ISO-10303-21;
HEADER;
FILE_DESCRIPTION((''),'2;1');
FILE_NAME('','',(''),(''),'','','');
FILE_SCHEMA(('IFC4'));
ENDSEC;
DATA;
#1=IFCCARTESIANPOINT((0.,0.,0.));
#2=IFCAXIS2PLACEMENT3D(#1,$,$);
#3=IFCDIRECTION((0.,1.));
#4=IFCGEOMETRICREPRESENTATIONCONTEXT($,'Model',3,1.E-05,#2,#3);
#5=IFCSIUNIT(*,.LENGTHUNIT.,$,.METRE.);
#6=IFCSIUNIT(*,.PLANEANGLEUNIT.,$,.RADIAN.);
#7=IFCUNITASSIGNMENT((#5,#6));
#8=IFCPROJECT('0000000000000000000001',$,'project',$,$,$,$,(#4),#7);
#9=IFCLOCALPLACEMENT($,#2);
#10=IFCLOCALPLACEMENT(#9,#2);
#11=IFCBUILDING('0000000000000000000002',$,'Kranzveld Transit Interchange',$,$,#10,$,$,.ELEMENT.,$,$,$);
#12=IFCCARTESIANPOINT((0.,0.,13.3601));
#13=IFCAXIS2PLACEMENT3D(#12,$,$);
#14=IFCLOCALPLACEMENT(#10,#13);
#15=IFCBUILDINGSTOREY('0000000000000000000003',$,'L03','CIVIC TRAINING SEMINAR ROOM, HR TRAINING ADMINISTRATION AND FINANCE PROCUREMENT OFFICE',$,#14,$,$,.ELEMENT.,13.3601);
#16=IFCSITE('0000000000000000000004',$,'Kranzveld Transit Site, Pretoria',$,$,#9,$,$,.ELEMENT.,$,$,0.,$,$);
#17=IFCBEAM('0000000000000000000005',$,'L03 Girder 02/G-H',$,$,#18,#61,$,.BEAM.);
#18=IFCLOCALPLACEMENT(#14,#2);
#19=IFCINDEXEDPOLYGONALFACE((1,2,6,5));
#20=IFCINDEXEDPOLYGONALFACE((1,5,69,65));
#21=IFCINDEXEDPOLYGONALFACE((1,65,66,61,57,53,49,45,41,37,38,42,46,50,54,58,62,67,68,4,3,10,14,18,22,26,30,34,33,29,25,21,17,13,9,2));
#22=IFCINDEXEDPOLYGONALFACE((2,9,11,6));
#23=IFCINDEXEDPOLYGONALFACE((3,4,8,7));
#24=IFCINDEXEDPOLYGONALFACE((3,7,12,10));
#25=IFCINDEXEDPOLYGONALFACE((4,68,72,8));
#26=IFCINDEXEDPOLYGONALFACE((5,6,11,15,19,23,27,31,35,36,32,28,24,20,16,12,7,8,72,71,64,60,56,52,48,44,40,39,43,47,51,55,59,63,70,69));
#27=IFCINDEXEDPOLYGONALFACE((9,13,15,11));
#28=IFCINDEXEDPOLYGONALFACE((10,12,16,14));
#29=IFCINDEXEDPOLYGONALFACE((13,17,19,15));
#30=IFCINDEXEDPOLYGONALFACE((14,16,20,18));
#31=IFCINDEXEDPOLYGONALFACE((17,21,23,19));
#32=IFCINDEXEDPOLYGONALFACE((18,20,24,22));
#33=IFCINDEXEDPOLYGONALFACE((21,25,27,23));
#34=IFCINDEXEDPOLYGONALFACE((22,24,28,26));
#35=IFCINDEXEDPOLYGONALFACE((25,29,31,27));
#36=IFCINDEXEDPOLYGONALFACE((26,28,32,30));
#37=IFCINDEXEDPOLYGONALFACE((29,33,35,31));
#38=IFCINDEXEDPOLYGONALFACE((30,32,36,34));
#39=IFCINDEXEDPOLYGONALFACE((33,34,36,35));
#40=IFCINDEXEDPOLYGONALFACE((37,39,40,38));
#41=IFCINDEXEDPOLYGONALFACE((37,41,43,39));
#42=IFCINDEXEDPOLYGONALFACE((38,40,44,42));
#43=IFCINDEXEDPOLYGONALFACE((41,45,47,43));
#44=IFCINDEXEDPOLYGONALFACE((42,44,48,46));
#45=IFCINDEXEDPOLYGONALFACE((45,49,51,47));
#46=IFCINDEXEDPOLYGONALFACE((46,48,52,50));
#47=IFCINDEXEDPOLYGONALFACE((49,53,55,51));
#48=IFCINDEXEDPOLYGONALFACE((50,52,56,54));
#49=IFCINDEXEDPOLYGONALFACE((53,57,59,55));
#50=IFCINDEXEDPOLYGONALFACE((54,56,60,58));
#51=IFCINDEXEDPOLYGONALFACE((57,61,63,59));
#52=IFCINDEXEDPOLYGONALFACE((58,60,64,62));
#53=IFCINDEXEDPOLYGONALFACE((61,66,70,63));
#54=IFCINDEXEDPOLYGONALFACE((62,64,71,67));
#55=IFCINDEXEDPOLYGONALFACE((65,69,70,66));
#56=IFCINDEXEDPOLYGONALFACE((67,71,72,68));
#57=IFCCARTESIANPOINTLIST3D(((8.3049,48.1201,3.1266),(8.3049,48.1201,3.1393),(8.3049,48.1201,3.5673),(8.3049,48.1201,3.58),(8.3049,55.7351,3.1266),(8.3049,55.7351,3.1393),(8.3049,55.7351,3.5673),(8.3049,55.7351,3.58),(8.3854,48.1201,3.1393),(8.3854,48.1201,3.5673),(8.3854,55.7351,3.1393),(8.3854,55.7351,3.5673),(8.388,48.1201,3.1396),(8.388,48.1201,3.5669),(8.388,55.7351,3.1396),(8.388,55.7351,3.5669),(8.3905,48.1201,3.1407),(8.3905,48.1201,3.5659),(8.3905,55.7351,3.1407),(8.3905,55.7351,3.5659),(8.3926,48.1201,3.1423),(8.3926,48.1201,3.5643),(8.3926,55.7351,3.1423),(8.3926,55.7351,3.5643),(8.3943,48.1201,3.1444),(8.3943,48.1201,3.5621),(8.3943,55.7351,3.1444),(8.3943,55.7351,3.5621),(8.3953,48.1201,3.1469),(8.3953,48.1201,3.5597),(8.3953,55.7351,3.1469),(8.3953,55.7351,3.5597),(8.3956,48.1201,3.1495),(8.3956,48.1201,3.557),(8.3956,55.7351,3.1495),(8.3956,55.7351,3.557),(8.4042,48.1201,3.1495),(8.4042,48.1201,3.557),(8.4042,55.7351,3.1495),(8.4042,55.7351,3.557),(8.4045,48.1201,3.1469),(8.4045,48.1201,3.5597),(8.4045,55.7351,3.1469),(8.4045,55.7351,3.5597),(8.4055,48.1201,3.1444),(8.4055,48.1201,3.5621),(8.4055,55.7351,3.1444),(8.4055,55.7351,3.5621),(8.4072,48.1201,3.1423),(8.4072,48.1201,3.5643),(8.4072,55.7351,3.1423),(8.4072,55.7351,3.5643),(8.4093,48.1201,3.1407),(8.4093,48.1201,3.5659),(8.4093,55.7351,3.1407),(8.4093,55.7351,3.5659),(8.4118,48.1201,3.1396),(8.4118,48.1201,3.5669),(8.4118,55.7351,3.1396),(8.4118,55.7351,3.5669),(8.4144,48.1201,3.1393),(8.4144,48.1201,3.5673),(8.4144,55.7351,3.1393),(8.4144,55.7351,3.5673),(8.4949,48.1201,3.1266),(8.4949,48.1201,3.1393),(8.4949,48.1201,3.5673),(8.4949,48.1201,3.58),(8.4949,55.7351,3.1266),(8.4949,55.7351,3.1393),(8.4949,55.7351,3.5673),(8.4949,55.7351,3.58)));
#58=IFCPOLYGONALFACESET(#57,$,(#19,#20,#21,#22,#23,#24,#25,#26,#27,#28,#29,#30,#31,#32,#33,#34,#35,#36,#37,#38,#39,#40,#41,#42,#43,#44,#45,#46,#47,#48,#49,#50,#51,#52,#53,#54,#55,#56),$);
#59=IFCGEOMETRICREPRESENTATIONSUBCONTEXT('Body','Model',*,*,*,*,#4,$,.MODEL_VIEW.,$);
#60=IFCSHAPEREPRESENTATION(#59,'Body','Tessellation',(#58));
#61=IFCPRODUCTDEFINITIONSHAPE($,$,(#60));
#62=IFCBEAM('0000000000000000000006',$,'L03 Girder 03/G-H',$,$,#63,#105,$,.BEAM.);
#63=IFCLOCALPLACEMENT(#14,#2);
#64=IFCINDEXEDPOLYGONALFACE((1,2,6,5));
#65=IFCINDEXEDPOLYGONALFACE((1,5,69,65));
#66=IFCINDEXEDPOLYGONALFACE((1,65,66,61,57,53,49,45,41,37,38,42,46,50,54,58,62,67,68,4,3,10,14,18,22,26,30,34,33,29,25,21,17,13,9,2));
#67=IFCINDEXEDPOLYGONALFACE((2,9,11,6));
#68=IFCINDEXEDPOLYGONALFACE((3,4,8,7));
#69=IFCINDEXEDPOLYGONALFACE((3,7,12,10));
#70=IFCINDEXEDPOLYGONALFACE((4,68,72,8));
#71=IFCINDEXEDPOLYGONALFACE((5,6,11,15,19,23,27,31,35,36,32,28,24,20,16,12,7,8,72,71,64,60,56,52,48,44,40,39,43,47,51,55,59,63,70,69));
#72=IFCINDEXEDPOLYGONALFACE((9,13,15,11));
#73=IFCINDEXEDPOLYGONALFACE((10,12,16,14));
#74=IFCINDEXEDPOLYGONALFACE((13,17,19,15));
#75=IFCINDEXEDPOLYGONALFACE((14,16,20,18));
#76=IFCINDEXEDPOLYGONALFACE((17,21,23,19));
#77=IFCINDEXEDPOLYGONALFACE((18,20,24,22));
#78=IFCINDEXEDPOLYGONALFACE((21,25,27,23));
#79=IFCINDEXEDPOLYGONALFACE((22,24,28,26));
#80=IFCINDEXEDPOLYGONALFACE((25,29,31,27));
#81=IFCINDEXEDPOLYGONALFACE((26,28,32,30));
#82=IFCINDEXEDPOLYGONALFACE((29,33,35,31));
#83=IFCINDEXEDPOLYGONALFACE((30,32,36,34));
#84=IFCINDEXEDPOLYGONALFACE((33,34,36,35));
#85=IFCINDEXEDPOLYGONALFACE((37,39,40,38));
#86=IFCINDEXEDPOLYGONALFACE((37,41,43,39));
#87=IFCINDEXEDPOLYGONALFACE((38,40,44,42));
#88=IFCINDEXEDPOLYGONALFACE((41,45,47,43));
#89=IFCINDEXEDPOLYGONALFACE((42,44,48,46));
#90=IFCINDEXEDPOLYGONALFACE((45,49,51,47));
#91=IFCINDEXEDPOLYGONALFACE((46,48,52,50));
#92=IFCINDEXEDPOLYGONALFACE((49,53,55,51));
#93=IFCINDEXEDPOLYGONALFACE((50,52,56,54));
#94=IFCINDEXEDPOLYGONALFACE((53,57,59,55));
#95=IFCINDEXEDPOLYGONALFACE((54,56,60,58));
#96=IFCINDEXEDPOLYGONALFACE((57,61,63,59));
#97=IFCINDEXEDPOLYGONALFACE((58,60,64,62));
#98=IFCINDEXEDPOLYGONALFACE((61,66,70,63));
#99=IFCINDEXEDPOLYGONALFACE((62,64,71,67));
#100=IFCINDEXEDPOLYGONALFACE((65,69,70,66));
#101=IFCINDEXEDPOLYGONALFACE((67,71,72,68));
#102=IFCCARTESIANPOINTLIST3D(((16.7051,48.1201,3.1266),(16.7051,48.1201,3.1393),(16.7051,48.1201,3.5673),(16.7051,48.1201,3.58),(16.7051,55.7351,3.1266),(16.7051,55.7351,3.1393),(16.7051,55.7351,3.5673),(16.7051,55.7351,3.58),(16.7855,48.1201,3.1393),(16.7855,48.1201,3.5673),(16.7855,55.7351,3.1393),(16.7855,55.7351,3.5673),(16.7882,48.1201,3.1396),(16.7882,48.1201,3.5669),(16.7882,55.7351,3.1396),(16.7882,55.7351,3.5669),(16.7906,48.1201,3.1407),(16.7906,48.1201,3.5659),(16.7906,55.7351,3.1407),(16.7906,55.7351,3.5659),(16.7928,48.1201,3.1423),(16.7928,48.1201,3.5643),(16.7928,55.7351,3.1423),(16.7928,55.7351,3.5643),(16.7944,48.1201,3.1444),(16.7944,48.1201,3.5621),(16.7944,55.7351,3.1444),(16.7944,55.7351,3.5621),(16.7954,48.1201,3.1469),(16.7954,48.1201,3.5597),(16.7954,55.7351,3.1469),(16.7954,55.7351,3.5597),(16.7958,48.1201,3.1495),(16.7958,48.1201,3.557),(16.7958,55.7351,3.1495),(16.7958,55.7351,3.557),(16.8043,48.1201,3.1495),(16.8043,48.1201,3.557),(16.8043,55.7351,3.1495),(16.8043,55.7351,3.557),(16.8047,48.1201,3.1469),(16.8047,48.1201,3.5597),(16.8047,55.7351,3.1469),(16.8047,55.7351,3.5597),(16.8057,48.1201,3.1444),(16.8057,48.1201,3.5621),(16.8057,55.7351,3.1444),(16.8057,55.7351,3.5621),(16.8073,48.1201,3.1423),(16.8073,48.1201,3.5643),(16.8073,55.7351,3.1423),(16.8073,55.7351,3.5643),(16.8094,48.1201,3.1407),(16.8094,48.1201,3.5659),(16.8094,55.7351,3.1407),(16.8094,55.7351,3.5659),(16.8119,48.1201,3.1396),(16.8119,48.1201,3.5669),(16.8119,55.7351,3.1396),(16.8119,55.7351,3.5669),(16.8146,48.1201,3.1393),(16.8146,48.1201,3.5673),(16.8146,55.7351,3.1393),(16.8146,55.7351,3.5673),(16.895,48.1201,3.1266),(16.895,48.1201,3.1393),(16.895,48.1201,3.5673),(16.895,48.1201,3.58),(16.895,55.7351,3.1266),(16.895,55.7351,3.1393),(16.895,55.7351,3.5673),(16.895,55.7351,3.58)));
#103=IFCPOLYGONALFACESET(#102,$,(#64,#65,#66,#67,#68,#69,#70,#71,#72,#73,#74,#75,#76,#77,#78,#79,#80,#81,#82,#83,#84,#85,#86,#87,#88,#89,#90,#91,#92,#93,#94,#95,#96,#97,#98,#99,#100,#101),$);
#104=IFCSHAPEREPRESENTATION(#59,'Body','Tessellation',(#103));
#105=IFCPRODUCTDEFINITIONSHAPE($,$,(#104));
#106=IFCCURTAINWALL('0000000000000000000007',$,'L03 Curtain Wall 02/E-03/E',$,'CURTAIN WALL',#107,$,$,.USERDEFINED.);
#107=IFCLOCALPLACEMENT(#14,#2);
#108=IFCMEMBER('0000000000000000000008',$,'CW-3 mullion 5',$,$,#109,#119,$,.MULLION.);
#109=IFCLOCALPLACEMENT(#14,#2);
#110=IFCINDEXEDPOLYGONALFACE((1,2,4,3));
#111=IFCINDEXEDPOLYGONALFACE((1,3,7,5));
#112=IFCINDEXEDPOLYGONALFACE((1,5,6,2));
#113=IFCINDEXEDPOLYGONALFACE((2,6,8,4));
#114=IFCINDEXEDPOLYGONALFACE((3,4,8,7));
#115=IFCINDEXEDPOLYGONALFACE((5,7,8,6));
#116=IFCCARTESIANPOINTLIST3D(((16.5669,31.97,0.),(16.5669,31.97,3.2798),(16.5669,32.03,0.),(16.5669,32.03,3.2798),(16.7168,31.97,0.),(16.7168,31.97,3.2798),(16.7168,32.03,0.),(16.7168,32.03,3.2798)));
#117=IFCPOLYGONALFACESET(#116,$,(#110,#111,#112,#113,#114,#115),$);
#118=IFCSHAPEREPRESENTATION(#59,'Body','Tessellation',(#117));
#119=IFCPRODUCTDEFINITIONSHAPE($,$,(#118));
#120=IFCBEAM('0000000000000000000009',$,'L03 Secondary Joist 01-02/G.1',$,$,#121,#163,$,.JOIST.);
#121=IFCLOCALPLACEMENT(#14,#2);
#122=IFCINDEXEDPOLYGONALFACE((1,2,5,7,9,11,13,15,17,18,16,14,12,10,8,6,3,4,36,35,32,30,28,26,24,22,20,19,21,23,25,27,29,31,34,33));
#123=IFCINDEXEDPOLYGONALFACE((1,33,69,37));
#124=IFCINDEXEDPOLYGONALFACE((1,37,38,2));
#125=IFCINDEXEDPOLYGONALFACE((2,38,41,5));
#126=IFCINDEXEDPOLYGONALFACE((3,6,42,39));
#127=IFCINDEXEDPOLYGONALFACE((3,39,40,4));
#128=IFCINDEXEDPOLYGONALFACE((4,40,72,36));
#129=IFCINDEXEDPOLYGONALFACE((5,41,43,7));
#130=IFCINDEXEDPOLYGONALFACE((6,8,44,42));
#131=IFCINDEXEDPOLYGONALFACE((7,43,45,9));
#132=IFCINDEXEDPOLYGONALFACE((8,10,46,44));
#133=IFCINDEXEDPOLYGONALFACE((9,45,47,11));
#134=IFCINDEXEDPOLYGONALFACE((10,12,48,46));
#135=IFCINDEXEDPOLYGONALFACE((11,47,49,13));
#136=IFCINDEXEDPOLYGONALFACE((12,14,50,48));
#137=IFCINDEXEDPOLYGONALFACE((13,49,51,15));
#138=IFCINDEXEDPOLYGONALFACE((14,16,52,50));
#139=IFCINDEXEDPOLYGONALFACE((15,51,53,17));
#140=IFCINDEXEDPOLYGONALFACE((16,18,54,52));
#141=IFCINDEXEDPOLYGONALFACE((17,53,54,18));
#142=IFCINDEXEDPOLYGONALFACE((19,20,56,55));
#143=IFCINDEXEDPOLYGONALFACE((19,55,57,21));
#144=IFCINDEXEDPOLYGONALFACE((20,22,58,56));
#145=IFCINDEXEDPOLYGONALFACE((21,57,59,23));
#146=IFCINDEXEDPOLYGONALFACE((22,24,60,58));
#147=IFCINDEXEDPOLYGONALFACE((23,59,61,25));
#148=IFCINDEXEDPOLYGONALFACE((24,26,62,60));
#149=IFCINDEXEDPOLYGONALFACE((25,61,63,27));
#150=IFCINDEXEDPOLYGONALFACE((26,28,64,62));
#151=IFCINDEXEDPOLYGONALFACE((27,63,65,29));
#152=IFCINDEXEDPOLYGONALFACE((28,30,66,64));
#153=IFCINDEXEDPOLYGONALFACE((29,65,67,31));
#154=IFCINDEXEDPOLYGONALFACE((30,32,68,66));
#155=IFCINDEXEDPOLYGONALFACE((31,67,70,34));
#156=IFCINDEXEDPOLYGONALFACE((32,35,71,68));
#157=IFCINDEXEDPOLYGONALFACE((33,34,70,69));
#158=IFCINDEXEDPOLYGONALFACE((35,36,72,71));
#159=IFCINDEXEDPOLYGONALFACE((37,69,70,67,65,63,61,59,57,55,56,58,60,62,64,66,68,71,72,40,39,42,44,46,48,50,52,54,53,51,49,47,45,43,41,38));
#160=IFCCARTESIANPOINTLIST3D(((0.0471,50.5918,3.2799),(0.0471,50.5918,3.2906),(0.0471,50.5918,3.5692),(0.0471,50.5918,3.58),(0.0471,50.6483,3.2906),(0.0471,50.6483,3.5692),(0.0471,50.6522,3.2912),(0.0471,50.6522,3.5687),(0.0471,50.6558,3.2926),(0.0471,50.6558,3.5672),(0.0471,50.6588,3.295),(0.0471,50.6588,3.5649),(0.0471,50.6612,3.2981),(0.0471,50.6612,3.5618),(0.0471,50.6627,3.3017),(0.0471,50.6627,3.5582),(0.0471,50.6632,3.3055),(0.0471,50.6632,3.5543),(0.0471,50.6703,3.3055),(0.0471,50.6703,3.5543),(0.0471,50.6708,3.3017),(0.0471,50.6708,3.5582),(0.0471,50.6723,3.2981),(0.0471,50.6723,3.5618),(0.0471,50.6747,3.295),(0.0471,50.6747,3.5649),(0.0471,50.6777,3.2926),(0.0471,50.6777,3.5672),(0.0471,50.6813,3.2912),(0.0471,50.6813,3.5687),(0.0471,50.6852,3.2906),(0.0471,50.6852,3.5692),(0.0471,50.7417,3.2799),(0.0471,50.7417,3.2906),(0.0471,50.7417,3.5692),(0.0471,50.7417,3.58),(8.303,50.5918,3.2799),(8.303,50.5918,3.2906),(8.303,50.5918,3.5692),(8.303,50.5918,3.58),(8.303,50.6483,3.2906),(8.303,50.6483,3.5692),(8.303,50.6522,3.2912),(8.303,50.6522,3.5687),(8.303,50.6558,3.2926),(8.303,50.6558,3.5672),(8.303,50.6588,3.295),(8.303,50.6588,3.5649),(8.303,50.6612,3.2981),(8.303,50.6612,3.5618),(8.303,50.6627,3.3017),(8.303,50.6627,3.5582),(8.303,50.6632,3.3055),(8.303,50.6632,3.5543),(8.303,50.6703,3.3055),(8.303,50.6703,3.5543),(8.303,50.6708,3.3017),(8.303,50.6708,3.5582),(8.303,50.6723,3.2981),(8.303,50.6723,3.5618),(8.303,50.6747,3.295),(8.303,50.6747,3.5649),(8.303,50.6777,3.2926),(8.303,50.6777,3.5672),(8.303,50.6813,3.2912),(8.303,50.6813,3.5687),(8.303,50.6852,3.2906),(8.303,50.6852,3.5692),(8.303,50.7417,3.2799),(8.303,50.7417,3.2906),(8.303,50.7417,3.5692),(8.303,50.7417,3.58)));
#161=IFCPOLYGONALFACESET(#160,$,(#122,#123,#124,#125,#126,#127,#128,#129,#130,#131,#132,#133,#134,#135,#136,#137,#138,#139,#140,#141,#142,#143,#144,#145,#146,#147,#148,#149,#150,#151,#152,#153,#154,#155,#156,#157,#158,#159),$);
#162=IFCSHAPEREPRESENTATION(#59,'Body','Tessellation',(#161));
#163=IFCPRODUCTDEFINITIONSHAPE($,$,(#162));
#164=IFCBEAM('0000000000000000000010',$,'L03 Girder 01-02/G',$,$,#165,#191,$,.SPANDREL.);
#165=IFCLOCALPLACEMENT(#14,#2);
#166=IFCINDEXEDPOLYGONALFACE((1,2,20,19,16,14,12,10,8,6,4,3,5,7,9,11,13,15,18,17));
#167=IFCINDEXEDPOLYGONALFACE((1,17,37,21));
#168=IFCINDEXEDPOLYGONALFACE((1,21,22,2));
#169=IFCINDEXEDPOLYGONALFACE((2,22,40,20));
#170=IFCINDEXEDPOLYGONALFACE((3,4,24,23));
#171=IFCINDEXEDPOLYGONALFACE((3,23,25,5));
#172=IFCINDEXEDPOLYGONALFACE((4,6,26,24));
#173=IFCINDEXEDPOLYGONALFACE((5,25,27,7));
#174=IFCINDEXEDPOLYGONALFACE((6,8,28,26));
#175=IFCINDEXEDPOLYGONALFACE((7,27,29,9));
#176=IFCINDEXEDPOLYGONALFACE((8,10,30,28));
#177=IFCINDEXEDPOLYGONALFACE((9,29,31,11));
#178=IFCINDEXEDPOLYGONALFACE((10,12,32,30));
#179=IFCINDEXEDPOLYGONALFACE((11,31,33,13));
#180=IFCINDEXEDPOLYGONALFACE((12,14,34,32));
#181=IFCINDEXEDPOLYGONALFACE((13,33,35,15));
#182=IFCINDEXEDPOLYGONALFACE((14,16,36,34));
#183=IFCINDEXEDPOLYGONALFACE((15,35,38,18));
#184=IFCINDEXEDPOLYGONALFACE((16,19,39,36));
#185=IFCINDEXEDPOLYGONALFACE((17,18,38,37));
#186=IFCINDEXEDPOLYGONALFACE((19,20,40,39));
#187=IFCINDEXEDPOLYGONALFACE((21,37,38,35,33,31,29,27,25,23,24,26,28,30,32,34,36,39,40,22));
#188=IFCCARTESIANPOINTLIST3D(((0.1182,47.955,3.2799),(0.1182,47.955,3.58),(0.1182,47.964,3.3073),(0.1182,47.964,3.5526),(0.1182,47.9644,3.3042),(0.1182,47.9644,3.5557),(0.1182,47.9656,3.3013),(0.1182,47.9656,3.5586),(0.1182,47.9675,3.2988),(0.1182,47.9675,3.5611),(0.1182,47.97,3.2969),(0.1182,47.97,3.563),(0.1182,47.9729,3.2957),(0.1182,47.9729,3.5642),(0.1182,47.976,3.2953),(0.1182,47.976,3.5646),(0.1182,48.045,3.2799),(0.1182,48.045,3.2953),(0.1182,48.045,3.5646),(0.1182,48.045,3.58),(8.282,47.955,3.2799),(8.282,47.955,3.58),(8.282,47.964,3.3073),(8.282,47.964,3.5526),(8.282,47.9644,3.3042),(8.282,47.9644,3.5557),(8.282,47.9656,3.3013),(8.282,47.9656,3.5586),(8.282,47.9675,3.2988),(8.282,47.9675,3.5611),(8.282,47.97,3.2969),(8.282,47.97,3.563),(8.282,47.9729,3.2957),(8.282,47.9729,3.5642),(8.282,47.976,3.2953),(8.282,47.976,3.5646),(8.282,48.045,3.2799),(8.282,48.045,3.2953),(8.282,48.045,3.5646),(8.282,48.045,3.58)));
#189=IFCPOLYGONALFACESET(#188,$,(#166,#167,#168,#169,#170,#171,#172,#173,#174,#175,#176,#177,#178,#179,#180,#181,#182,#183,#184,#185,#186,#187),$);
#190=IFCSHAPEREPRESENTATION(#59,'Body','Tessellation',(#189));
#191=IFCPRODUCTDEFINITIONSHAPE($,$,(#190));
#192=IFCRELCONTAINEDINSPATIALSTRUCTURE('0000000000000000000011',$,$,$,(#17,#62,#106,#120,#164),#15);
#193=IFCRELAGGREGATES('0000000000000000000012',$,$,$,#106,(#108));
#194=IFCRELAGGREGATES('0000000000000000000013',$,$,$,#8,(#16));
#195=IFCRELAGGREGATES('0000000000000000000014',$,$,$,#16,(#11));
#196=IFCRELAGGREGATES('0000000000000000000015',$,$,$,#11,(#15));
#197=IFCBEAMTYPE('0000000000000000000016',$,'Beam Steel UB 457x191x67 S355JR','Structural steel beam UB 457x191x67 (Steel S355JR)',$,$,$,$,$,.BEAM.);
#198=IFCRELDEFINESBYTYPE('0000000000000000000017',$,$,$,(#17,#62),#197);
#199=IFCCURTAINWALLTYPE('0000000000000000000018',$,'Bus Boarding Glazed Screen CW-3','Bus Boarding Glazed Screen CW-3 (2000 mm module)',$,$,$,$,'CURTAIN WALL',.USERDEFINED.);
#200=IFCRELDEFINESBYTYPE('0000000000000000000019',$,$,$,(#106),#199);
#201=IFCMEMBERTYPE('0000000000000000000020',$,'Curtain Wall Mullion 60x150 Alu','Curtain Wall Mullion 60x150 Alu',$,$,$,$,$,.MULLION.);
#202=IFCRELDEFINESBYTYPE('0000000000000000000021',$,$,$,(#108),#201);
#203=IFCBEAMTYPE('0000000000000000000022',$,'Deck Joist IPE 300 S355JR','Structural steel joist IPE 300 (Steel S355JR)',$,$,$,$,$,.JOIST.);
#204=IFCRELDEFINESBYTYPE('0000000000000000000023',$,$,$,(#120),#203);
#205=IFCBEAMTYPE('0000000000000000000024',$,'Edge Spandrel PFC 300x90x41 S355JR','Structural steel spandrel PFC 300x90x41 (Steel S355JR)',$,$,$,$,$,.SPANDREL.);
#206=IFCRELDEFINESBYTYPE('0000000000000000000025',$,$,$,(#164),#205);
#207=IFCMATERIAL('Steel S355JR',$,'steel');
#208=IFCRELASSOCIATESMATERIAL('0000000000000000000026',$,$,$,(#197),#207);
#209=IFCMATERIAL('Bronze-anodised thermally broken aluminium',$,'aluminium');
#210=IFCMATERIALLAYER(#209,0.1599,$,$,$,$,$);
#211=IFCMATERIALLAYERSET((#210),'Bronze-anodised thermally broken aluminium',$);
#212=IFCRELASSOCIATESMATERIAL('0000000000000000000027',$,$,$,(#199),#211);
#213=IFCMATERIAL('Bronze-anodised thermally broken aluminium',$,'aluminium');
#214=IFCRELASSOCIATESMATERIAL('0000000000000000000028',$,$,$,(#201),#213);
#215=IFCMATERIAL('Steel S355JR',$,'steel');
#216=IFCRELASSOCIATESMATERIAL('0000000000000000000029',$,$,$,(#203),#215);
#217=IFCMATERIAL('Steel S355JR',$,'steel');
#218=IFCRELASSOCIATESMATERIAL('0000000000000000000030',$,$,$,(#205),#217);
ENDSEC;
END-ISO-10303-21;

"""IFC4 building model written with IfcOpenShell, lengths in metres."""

from ifc_helpers import new_model, si_unit, direction, frame, origin, origin_2d, place, context, subcontext, project, spatial, rectangle, i_section, u_section, extrude, material, layer, layer_set, material_profile, profile_set, type_object, element, aggregate, save


model = new_model("IFC4")

# Units and contexts
model_context = context("Model", 3, precision=1e-05, world=origin(), true_north=direction((0.0, 1.0)))
body_context = subcontext(model_context, "Body", "Model", "MODEL_VIEW")
ifc_project = project(units=[si_unit("LENGTHUNIT", "METRE"), si_unit("PLANEANGLEUNIT", "RADIAN")], contexts=[model_context])

# Site, building, storey
site_placement = place(None, origin())
site = spatial("IfcSite", under=ifc_project, at=site_placement, Name="Kranzveld Transit Site, Pretoria", CompositionType="ELEMENT", RefElevation=0.0)
building_placement = place(site_placement, origin())
building = spatial("IfcBuilding", under=site, at=building_placement, Name="Kranzveld Transit Interchange", CompositionType="ELEMENT")
storey_placement = place(building_placement, frame((0.0, 0.0, 13.3601)))
storey = spatial("IfcBuildingStorey", under=building, at=storey_placement, Name="L03", Description="CIVIC TRAINING SEMINAR ROOM, HR TRAINING ADMINISTRATION AND FINANCE PROCUREMENT OFFICE", CompositionType="ELEMENT", Elevation=13.3601)

# Beams
ifc_material_1 = material(Name="Steel S355JR", Category="steel")
ifc_material_profile_1 = material_profile(ifc_material_1, i_section(OverallWidth=0.1899, OverallDepth=0.4534, WebThickness=0.0085, FlangeThickness=0.0127, FilletRadius=0.0103, at=origin_2d()), Name="UB 457x191x67")
ifc_profile_set_1 = profile_set([ifc_material_profile_1], Name="Steel S355JR")
beam_type_1 = type_object("IfcBeamType", Name="Beam Steel UB 457x191x67 S355JR", Description="Structural steel beam UB 457x191x67 (Steel S355JR)", PredefinedType="BEAM", material=ifc_profile_set_1)
for number, where, z_axis, x_axis, name in (
    (1, (8.3999, 48.1201, 3.3533), (0.0, 1.0, 0.0), (-1.0, 0.0, 0.0), "L03 Girder 02/G-H"),
    (2, (16.8, 48.1201, 3.3533), (0.0, 1.0, 0.0), (-1.0, 0.0, 0.0), "L03 Girder 03/G-H"),
):
    element("IfcBeam", number, at=place(storey_placement, frame(where, z_axis=z_axis, x_axis=x_axis)), inside=storey, type_object=beam_type_1, Name=name, PredefinedType="BEAM", context=body_context, shape_type="SweptSolid", body=[
        extrude(i_section(OverallWidth=0.1899, OverallDepth=0.4534, WebThickness=0.0085, FlangeThickness=0.0127, FilletRadius=0.0103, at=origin_2d()), origin(), (0.0, 0.0, 1.0), 7.615),
    ])

# Curtain wall, member
ifc_material_2 = material(Name="Bronze-anodised thermally broken aluminium", Category="aluminium")
ifc_layer_1 = layer(ifc_material_2, 0.1599)
ifc_layer_set_1 = layer_set([ifc_layer_1], Name="Bronze-anodised thermally broken aluminium")
curtain_wall_type = type_object("IfcCurtainWallType", Name="Bus Boarding Glazed Screen CW-3", Description="Bus Boarding Glazed Screen CW-3 (2000 mm module)", ElementType="CURTAIN WALL", PredefinedType="USERDEFINED", material=ifc_layer_set_1)
curtain_wall_placement = place(storey_placement, origin())
curtain_wall = element("IfcCurtainWall", 3, at=curtain_wall_placement, inside=storey, type_object=curtain_wall_type, Name="L03 Curtain Wall 02/E-03/E", ObjectType="CURTAIN WALL", PredefinedType="USERDEFINED")
ifc_material_3 = material(Name="Bronze-anodised thermally broken aluminium", Category="aluminium")
ifc_material_profile_2 = material_profile(ifc_material_3, rectangle(XDim=0.0601, YDim=0.1499, at=origin_2d()), Name="ALU MULLION 60x150")
ifc_profile_set_2 = profile_set([ifc_material_profile_2], Name="Bronze-anodised thermally broken aluminium")
member_type = type_object("IfcMemberType", Name="Curtain Wall Mullion 60x150 Alu", Description="Curtain Wall Mullion 60x150 Alu", PredefinedType="MULLION", material=ifc_profile_set_2)
member_placement = place(storey_placement, frame((16.6418, 32.0, 0.0), z_axis=(0.0, 0.0, 1.0), x_axis=(0.0, 1.0, 0.0)))
member = element("IfcMember", 4, at=member_placement, type_object=member_type, Name="CW-3 mullion 5", PredefinedType="MULLION", context=body_context, shape_type="SweptSolid", body=[
    extrude(rectangle(XDim=0.0601, YDim=0.1499, at=origin_2d()), origin(), (0.0, 0.0, 1.0), 3.2798),
])

# Beams
ifc_material_4 = material(Name="Steel S355JR", Category="steel")
ifc_material_profile_3 = material_profile(ifc_material_4, i_section(OverallWidth=0.1499, OverallDepth=0.3, WebThickness=0.0071, FlangeThickness=0.0107, FilletRadius=0.0149, at=origin_2d()), Name="IPE 300")
ifc_profile_set_3 = profile_set([ifc_material_profile_3], Name="Steel S355JR")
beam_type_2 = type_object("IfcBeamType", Name="Deck Joist IPE 300 S355JR", Description="Structural steel joist IPE 300 (Steel S355JR)", PredefinedType="JOIST", material=ifc_profile_set_3)
beam_1_placement = place(storey_placement, frame((0.0471, 50.6667, 3.4299), z_axis=(1.0, 0.0, 0.0), x_axis=(0.0, 1.0, 0.0)))
element("IfcBeam", 5, at=beam_1_placement, inside=storey, type_object=beam_type_2, Name="L03 Secondary Joist 01-02/G.1", PredefinedType="JOIST", context=body_context, shape_type="SweptSolid", body=[
    extrude(i_section(OverallWidth=0.1499, OverallDepth=0.3, WebThickness=0.0071, FlangeThickness=0.0107, FilletRadius=0.0149, at=origin_2d()), origin(), (0.0, 0.0, 1.0), 8.2559),
])
ifc_material_5 = material(Name="Steel S355JR", Category="steel")
ifc_material_profile_4 = material_profile(ifc_material_5, u_section(Depth=0.3, FlangeWidth=0.0901, WebThickness=0.009, FlangeThickness=0.0154, FilletRadius=0.012, at=origin_2d()), Name="PFC 300x90x41")
ifc_profile_set_4 = profile_set([ifc_material_profile_4], Name="Steel S355JR")
beam_type_3 = type_object("IfcBeamType", Name="Edge Spandrel PFC 300x90x41 S355JR", Description="Structural steel spandrel PFC 300x90x41 (Steel S355JR)", PredefinedType="SPANDREL", material=ifc_profile_set_4)
for number, where, z_axis, x_axis, name in (
    (6, (0.1182, 48.0, 3.4299), (1.0, 0.0, 0.0), (0.0, 1.0, 0.0), "L03 Girder 01-02/G"),
):
    element("IfcBeam", number, at=place(storey_placement, frame(where, z_axis=z_axis, x_axis=x_axis)), inside=storey, type_object=beam_type_3, Name=name, PredefinedType="SPANDREL", context=body_context, shape_type="SweptSolid", body=[
        extrude(u_section(Depth=0.3, FlangeWidth=0.0901, WebThickness=0.009, FlangeThickness=0.0154, FilletRadius=0.012, at=origin_2d()), origin(), (0.0, 0.0, 1.0), 8.1638),
    ])

aggregate(curtain_wall, [member])

save(model, "model.ifc")
